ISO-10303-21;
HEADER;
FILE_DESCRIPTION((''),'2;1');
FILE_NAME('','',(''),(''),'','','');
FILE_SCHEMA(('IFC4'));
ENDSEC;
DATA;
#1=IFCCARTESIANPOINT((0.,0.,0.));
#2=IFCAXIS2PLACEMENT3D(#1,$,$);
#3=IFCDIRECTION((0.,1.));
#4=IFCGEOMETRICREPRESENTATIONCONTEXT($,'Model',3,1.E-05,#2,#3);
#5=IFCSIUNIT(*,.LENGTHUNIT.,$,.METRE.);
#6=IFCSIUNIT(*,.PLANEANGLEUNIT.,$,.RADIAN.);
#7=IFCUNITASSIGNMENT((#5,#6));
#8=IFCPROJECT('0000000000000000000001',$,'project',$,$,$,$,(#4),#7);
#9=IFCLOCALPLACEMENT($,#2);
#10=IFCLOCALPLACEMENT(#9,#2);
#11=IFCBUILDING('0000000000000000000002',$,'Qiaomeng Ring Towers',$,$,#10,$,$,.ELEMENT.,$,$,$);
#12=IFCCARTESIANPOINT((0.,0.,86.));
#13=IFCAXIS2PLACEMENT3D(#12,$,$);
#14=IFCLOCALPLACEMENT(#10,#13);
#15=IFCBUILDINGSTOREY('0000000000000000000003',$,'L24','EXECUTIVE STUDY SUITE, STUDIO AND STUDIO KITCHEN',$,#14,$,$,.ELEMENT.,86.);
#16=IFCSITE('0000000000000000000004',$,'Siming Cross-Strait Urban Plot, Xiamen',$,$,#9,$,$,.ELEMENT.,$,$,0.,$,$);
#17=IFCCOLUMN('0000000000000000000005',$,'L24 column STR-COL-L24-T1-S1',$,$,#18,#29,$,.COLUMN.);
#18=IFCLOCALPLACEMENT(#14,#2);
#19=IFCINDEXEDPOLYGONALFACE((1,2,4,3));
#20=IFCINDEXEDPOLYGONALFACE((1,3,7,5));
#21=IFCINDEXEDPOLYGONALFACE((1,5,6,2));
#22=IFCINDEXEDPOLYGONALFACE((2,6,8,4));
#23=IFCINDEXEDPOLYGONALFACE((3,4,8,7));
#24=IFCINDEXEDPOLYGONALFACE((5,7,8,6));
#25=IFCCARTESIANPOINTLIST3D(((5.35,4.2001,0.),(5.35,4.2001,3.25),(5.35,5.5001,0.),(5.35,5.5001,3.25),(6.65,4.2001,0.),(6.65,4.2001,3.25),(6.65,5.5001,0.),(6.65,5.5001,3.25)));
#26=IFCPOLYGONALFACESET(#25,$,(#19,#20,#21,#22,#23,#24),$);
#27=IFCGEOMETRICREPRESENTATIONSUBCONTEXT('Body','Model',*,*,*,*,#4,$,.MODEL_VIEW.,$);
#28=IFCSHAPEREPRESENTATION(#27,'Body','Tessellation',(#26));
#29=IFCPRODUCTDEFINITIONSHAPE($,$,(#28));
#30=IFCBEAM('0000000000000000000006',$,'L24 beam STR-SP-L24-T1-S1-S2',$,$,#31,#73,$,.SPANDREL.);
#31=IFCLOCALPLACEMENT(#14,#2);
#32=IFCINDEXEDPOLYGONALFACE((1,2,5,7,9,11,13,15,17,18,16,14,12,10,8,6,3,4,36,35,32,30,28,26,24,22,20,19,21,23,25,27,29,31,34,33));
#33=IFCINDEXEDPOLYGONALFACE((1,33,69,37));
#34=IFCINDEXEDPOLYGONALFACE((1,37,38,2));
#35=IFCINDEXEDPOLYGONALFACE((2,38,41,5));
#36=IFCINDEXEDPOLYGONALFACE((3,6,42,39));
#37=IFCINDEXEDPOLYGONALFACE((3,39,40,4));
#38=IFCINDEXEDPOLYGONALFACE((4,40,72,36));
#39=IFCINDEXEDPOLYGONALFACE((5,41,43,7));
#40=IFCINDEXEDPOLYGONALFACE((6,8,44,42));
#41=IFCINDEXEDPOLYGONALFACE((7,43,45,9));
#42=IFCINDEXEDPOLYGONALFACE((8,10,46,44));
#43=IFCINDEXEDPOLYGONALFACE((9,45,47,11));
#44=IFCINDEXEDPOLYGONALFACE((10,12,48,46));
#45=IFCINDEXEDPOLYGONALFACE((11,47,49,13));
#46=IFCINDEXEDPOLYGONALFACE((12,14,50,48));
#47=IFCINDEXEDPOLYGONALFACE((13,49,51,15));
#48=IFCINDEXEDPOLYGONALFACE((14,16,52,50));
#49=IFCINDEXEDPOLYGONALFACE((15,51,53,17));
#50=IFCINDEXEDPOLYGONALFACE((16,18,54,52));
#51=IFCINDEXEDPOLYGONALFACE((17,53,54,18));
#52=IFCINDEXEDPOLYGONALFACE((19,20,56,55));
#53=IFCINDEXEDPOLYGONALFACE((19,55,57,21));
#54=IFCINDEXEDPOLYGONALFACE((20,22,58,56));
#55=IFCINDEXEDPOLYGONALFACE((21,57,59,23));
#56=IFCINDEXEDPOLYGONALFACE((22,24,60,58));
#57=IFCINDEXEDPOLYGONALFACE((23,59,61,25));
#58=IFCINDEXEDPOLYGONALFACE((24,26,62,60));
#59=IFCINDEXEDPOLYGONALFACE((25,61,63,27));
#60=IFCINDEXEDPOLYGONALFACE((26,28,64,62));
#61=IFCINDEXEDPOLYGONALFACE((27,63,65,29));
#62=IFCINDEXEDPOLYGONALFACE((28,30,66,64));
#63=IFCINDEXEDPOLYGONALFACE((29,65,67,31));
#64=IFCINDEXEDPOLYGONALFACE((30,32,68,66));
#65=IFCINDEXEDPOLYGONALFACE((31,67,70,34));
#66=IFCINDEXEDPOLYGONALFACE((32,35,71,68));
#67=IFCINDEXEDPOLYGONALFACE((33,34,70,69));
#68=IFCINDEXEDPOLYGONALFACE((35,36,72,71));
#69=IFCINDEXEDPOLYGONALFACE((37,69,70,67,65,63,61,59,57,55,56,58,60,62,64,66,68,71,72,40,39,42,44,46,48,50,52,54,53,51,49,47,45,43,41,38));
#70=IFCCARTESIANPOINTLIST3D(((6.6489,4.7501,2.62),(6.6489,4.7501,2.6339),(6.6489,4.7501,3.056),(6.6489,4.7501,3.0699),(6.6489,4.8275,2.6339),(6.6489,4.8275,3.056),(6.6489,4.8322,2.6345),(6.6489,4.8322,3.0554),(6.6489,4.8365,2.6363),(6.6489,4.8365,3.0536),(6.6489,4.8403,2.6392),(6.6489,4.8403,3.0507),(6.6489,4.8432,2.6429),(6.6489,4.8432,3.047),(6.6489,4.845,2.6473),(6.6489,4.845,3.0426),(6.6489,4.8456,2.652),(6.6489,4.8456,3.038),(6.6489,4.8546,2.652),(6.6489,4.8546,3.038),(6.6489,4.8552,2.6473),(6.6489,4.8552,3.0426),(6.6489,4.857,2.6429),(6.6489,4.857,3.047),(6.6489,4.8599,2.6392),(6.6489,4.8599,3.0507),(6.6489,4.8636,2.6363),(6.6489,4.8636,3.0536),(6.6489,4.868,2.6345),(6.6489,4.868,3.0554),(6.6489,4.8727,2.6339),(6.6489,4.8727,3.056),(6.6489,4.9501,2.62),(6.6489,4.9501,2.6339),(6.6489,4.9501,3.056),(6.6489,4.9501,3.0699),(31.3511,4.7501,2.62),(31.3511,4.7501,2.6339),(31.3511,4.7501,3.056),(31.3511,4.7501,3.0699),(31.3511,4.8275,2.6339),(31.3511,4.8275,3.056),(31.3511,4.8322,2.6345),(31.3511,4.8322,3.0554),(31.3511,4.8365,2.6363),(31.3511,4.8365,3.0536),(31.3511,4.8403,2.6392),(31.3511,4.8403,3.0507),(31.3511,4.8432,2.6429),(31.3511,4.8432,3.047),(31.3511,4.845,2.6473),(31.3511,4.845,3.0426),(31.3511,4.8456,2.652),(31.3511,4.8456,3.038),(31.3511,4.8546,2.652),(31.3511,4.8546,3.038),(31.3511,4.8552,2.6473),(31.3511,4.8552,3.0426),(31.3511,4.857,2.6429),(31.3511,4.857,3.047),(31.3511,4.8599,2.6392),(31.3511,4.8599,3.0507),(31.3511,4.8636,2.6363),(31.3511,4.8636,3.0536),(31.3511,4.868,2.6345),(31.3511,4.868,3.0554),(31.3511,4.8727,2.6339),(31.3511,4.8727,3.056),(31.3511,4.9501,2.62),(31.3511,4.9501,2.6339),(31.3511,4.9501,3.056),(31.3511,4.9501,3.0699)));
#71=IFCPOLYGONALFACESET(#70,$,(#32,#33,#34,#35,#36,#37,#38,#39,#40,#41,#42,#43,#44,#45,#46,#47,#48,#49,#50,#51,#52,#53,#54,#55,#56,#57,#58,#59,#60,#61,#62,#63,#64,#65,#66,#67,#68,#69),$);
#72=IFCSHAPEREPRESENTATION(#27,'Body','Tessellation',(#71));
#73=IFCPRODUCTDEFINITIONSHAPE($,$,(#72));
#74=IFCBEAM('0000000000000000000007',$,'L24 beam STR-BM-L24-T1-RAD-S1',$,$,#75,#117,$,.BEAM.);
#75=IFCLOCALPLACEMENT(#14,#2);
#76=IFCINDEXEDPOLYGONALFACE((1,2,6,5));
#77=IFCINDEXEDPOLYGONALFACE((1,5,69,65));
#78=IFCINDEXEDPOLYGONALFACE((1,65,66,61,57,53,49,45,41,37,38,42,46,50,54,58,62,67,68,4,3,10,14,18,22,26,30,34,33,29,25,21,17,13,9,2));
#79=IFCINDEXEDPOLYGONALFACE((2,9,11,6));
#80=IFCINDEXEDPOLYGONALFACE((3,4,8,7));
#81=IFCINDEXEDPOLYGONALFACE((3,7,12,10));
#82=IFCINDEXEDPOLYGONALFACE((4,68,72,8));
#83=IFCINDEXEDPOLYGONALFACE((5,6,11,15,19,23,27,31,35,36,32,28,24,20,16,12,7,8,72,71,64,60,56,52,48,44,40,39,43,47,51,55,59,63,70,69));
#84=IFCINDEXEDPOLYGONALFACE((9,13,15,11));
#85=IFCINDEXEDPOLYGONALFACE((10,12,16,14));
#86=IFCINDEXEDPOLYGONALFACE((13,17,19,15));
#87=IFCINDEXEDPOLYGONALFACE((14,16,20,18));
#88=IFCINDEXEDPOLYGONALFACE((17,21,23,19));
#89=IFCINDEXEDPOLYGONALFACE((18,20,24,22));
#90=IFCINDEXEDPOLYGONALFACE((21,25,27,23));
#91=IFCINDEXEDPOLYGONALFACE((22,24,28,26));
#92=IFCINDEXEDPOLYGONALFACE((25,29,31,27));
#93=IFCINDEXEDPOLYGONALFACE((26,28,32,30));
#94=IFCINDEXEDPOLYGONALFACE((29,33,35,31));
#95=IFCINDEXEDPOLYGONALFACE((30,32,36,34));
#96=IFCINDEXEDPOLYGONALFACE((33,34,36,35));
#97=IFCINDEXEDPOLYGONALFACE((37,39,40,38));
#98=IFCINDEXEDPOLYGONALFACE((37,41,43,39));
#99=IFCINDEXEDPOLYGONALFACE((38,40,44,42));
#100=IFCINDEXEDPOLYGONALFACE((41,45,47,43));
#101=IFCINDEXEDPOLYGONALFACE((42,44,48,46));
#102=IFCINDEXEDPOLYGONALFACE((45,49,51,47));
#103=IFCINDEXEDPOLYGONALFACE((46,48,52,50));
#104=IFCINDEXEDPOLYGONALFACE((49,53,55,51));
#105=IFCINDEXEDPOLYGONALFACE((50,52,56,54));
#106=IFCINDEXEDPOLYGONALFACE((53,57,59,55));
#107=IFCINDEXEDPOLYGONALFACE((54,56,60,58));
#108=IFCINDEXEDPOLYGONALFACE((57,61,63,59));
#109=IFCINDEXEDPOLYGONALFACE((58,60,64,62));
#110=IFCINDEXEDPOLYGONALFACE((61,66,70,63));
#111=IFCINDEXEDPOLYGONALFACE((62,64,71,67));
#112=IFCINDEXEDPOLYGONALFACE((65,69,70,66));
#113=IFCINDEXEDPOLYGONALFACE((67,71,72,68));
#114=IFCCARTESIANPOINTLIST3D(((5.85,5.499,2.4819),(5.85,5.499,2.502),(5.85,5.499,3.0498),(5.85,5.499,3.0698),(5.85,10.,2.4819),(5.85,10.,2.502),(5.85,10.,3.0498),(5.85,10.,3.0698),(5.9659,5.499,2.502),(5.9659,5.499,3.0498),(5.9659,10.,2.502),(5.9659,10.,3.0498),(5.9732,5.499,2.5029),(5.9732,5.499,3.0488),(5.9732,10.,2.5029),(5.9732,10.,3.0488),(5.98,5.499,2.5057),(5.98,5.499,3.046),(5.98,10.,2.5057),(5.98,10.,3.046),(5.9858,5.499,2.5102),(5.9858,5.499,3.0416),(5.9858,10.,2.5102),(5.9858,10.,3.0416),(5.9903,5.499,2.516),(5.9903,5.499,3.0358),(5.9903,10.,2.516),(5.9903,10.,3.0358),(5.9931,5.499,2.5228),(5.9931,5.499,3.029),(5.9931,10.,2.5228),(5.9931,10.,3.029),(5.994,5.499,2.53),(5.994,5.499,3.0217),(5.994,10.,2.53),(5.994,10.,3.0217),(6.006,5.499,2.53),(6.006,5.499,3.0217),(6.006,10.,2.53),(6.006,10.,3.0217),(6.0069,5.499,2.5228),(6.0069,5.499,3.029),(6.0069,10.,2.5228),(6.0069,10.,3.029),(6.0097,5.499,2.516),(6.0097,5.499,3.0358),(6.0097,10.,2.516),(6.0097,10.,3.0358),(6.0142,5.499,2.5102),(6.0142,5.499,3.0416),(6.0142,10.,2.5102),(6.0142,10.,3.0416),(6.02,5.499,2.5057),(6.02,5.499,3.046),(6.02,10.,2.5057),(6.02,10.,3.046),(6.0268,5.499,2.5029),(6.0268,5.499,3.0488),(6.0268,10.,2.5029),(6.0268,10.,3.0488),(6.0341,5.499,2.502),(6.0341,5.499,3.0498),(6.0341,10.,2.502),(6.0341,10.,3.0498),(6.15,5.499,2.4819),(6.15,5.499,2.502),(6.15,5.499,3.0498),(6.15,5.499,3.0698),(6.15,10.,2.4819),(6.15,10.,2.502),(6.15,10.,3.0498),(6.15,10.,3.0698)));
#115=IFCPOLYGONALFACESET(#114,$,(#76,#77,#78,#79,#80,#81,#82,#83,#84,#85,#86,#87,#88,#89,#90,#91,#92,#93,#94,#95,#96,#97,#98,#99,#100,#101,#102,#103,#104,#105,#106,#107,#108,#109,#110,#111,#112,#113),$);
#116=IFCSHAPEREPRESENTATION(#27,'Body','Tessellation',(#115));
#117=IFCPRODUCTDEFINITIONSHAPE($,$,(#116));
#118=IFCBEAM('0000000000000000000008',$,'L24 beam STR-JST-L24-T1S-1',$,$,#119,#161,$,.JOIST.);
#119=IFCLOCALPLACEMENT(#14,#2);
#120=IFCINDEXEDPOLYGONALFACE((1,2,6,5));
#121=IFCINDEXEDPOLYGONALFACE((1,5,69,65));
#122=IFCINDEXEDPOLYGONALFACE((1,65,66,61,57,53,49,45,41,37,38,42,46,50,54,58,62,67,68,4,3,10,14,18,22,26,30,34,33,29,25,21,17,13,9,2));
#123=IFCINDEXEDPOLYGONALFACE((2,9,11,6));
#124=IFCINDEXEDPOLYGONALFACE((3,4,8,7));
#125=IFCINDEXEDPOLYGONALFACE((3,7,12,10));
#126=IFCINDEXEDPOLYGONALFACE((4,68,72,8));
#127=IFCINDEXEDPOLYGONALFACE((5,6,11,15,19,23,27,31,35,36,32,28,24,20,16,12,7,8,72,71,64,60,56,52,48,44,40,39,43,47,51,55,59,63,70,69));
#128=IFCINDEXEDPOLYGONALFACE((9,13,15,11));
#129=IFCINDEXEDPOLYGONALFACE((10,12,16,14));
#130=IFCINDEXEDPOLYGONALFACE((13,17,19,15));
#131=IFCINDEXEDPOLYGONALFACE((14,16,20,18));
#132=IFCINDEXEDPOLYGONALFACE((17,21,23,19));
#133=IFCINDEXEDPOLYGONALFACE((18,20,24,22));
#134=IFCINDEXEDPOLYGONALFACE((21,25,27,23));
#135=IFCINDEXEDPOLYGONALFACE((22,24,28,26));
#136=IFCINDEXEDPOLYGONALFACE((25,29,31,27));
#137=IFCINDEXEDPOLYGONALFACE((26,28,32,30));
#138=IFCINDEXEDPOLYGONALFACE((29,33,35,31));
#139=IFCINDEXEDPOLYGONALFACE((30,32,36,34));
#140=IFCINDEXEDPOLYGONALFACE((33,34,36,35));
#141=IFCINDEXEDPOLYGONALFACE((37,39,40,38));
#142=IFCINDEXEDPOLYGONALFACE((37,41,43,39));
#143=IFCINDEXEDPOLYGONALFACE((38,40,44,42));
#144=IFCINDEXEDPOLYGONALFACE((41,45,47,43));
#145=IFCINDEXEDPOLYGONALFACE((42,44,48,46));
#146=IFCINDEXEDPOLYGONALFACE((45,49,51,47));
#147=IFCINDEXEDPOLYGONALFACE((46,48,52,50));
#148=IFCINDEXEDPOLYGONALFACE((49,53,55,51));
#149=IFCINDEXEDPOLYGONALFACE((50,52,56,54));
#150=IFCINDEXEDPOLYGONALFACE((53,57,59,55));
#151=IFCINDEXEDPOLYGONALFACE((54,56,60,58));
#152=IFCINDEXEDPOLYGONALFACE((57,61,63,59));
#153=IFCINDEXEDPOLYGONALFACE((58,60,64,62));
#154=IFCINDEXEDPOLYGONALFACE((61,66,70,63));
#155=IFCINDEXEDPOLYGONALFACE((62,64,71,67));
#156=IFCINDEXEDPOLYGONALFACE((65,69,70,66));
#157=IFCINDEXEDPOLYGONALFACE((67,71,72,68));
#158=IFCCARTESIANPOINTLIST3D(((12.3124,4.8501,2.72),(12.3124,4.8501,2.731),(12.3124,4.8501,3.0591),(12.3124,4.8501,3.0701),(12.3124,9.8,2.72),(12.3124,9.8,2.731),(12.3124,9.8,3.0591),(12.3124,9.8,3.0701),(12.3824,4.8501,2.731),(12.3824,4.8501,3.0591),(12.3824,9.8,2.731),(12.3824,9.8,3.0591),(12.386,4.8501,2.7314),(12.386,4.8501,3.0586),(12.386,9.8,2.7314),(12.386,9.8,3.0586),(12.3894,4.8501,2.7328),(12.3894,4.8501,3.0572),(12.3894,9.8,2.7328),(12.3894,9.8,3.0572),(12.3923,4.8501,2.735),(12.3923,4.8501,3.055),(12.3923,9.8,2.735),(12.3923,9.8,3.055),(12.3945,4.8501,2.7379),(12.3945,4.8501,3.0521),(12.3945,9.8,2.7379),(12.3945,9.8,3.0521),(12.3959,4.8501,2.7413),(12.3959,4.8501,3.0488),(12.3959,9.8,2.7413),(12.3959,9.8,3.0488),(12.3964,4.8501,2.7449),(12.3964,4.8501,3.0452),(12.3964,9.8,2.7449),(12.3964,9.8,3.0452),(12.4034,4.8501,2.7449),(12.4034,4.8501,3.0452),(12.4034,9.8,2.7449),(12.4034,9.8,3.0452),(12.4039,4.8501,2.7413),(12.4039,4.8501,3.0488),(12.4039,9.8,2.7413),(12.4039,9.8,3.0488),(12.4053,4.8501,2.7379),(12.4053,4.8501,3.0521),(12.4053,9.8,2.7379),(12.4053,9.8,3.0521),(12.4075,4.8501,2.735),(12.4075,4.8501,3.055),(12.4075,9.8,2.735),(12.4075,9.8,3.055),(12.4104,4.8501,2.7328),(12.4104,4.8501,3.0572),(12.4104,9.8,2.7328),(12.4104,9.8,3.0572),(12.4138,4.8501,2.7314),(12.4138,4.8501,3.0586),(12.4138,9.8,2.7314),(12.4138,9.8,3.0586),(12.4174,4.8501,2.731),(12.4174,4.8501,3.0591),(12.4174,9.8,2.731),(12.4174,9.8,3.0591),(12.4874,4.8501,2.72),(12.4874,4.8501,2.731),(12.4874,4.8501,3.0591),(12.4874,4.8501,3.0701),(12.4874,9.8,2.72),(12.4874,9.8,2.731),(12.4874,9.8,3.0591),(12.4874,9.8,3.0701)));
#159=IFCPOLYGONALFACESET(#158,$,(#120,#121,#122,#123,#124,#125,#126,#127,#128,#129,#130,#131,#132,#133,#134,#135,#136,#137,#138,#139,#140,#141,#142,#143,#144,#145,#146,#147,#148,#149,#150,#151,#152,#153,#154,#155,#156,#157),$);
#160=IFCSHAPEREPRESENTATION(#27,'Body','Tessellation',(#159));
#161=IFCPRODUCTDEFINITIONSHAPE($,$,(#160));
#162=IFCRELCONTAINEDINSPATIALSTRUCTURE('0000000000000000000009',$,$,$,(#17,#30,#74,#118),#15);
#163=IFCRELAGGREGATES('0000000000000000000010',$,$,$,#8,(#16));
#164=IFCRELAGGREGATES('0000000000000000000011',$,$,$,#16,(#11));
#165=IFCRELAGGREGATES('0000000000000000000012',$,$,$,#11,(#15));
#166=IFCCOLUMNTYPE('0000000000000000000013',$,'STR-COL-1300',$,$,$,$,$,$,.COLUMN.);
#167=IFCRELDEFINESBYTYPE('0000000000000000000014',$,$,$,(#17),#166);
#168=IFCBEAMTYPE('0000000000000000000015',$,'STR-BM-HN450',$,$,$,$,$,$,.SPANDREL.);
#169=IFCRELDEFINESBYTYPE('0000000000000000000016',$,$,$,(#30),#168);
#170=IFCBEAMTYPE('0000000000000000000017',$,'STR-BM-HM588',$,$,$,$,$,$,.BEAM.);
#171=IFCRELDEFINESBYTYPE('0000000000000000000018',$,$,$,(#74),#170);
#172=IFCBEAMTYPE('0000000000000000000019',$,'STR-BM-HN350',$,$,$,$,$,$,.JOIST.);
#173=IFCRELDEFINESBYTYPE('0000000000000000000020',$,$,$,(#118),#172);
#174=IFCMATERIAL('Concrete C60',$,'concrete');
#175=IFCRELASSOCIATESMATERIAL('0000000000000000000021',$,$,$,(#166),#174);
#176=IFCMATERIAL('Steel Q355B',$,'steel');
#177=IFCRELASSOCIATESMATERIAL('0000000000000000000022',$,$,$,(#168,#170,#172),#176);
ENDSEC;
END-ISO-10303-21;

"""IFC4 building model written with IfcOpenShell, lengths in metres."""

from ifc_helpers import new_model, si_unit, direction, frame, origin, origin_2d, place, context, subcontext, project, spatial, rectangle, i_section, extrude, source, transform, mapped, material, material_profile, profile_set, type_object, element, save


model = new_model("IFC4")

# Units and contexts
model_context = context("Model", 3, precision=1e-05, world=origin(), true_north=direction((0.0, 1.0)))
body_context = subcontext(model_context, "Body", "Model", "MODEL_VIEW")
ifc_project = project(units=[si_unit("LENGTHUNIT", "METRE"), si_unit("PLANEANGLEUNIT", "RADIAN")], contexts=[model_context])

# Site, building, storey
site_placement = place(None, origin())
site = spatial("IfcSite", under=ifc_project, at=site_placement, Name="Siming Cross-Strait Urban Plot, Xiamen", CompositionType="ELEMENT", RefElevation=0.0)
building_placement = place(site_placement, origin())
building = spatial("IfcBuilding", under=site, at=building_placement, Name="Qiaomeng Ring Towers", CompositionType="ELEMENT")
storey_placement = place(building_placement, frame((0.0, 0.0, 86.0)))
storey = spatial("IfcBuildingStorey", under=building, at=storey_placement, Name="L24", Description="EXECUTIVE STUDY SUITE, STUDIO AND STUDIO KITCHEN", CompositionType="ELEMENT", Elevation=86.0)

# Column
ifc_material_1 = material(Name="Concrete C60", Category="concrete")
ifc_material_profile_1 = material_profile(ifc_material_1, rectangle(XDim=1.3, YDim=1.3, at=origin_2d()), Name="RC COL 1300x1300")
ifc_profile_set_1 = profile_set([ifc_material_profile_1], Name="Concrete C60")
column_type = type_object("IfcColumnType", Name="STR-COL-1300", PredefinedType="COLUMN", material=ifc_profile_set_1)
shared_shape_1 = source(origin(), body_context, "Body", "SweptSolid", [
    extrude(rectangle(XDim=1.3, YDim=1.3, at=origin_2d()), origin(), (0.0, 0.0, 1.0), 3.25),
])
column_placement = place(storey_placement, frame((6.0, 4.8501, 0.0), z_axis=(0.0, 0.0, 1.0), x_axis=(1.0, 0.0, 0.0)))
element("IfcColumn", 1, at=column_placement, inside=storey, type_object=column_type, Name="L24 column STR-COL-L24-T1-S1", PredefinedType="COLUMN", context=body_context, shape_type="MappedRepresentation", body=[
    mapped(shared_shape_1, transform((0.0, 0.0, 0.0), x_axis=(1.0, 0.0, 0.0), y_axis=(0.0, 1.0, 0.0), z_axis=(0.0, 0.0, 1.0), scale=1.0)),
])

# Beams
ifc_material_2 = material(Name="Steel Q355B", Category="steel")
ifc_material_profile_2 = material_profile(ifc_material_2, i_section(OverallWidth=0.2, OverallDepth=0.45, WebThickness=0.009, FlangeThickness=0.0139, FilletRadius=0.0181, at=origin_2d()), Name="HN 450x200x9x14")
ifc_profile_set_2 = profile_set([ifc_material_profile_2], Name="Steel Q355B")
beam_type_1 = type_object("IfcBeamType", Name="STR-BM-HN450", PredefinedType="SPANDREL", material=ifc_profile_set_2)
shared_shape_2 = source(origin(), body_context, "Body", "SweptSolid", [
    extrude(i_section(OverallWidth=0.2, OverallDepth=0.45, WebThickness=0.009, FlangeThickness=0.0139, FilletRadius=0.0181, at=origin_2d()), origin(), (0.0, 0.0, 1.0), 24.7021),
])
beam_1_placement = place(storey_placement, frame((6.6489, 4.8501, 2.845), z_axis=(1.0, 0.0, 0.0), x_axis=(0.0, 1.0, 0.0)))
element("IfcBeam", 2, at=beam_1_placement, inside=storey, type_object=beam_type_1, Name="L24 beam STR-SP-L24-T1-S1-S2", PredefinedType="SPANDREL", context=body_context, shape_type="MappedRepresentation", body=[
    mapped(shared_shape_2, transform((0.0, 0.0, 0.0), x_axis=(1.0, 0.0, 0.0), y_axis=(0.0, 1.0, 0.0), z_axis=(0.0, 0.0, 1.0), scale=1.0)),
])
ifc_material_profile_3 = material_profile(ifc_material_2, i_section(OverallWidth=0.3, OverallDepth=0.5879, WebThickness=0.012, FlangeThickness=0.02, FilletRadius=0.0281, at=origin_2d()), Name="HM 588x300x12x20")
ifc_profile_set_3 = profile_set([ifc_material_profile_3], Name="Steel Q355B")
beam_type_2 = type_object("IfcBeamType", Name="STR-BM-HM588", PredefinedType="BEAM", material=ifc_profile_set_3)
shared_shape_3 = source(origin(), body_context, "Body", "SweptSolid", [
    extrude(i_section(OverallWidth=0.3, OverallDepth=0.5879, WebThickness=0.012, FlangeThickness=0.02, FilletRadius=0.0281, at=origin_2d()), origin(), (0.0, 0.0, 1.0), 4.501),
])
beam_2_placement = place(storey_placement, frame((6.0, 5.499, 2.7759), z_axis=(0.0, 1.0, 0.0), x_axis=(-1.0, 0.0, 0.0)))
element("IfcBeam", 3, at=beam_2_placement, inside=storey, type_object=beam_type_2, Name="L24 beam STR-BM-L24-T1-RAD-S1", PredefinedType="BEAM", context=body_context, shape_type="MappedRepresentation", body=[
    mapped(shared_shape_3, transform((0.0, 0.0, 0.0), x_axis=(1.0, 0.0, 0.0), y_axis=(0.0, 1.0, 0.0), z_axis=(0.0, 0.0, 1.0), scale=1.0)),
])
ifc_material_profile_4 = material_profile(ifc_material_2, i_section(OverallWidth=0.175, OverallDepth=0.3501, WebThickness=0.0071, FlangeThickness=0.011, FilletRadius=0.0139, at=origin_2d()), Name="HN 350x175x7x11")
ifc_profile_set_4 = profile_set([ifc_material_profile_4], Name="Steel Q355B")
beam_type_3 = type_object("IfcBeamType", Name="STR-BM-HN350", PredefinedType="JOIST", material=ifc_profile_set_4)
shared_shape_4 = source(origin(), body_context, "Body", "SweptSolid", [
    extrude(i_section(OverallWidth=0.175, OverallDepth=0.3501, WebThickness=0.0071, FlangeThickness=0.011, FilletRadius=0.0139, at=origin_2d()), origin(), (0.0, 0.0, 1.0), 4.95),
])
beam_3_placement = place(storey_placement, frame((12.3999, 4.8501, 2.895), z_axis=(0.0, 1.0, 0.0), x_axis=(-1.0, 0.0, 0.0)))
element("IfcBeam", 4, at=beam_3_placement, inside=storey, type_object=beam_type_3, Name="L24 beam STR-JST-L24-T1S-1", PredefinedType="JOIST", context=body_context, shape_type="MappedRepresentation", body=[
    mapped(shared_shape_4, transform((0.0, 0.0, 0.0), x_axis=(1.0, 0.0, 0.0), y_axis=(0.0, 1.0, 0.0), z_axis=(0.0, 0.0, 1.0), scale=1.0)),
])

save(model, "model.ifc")
